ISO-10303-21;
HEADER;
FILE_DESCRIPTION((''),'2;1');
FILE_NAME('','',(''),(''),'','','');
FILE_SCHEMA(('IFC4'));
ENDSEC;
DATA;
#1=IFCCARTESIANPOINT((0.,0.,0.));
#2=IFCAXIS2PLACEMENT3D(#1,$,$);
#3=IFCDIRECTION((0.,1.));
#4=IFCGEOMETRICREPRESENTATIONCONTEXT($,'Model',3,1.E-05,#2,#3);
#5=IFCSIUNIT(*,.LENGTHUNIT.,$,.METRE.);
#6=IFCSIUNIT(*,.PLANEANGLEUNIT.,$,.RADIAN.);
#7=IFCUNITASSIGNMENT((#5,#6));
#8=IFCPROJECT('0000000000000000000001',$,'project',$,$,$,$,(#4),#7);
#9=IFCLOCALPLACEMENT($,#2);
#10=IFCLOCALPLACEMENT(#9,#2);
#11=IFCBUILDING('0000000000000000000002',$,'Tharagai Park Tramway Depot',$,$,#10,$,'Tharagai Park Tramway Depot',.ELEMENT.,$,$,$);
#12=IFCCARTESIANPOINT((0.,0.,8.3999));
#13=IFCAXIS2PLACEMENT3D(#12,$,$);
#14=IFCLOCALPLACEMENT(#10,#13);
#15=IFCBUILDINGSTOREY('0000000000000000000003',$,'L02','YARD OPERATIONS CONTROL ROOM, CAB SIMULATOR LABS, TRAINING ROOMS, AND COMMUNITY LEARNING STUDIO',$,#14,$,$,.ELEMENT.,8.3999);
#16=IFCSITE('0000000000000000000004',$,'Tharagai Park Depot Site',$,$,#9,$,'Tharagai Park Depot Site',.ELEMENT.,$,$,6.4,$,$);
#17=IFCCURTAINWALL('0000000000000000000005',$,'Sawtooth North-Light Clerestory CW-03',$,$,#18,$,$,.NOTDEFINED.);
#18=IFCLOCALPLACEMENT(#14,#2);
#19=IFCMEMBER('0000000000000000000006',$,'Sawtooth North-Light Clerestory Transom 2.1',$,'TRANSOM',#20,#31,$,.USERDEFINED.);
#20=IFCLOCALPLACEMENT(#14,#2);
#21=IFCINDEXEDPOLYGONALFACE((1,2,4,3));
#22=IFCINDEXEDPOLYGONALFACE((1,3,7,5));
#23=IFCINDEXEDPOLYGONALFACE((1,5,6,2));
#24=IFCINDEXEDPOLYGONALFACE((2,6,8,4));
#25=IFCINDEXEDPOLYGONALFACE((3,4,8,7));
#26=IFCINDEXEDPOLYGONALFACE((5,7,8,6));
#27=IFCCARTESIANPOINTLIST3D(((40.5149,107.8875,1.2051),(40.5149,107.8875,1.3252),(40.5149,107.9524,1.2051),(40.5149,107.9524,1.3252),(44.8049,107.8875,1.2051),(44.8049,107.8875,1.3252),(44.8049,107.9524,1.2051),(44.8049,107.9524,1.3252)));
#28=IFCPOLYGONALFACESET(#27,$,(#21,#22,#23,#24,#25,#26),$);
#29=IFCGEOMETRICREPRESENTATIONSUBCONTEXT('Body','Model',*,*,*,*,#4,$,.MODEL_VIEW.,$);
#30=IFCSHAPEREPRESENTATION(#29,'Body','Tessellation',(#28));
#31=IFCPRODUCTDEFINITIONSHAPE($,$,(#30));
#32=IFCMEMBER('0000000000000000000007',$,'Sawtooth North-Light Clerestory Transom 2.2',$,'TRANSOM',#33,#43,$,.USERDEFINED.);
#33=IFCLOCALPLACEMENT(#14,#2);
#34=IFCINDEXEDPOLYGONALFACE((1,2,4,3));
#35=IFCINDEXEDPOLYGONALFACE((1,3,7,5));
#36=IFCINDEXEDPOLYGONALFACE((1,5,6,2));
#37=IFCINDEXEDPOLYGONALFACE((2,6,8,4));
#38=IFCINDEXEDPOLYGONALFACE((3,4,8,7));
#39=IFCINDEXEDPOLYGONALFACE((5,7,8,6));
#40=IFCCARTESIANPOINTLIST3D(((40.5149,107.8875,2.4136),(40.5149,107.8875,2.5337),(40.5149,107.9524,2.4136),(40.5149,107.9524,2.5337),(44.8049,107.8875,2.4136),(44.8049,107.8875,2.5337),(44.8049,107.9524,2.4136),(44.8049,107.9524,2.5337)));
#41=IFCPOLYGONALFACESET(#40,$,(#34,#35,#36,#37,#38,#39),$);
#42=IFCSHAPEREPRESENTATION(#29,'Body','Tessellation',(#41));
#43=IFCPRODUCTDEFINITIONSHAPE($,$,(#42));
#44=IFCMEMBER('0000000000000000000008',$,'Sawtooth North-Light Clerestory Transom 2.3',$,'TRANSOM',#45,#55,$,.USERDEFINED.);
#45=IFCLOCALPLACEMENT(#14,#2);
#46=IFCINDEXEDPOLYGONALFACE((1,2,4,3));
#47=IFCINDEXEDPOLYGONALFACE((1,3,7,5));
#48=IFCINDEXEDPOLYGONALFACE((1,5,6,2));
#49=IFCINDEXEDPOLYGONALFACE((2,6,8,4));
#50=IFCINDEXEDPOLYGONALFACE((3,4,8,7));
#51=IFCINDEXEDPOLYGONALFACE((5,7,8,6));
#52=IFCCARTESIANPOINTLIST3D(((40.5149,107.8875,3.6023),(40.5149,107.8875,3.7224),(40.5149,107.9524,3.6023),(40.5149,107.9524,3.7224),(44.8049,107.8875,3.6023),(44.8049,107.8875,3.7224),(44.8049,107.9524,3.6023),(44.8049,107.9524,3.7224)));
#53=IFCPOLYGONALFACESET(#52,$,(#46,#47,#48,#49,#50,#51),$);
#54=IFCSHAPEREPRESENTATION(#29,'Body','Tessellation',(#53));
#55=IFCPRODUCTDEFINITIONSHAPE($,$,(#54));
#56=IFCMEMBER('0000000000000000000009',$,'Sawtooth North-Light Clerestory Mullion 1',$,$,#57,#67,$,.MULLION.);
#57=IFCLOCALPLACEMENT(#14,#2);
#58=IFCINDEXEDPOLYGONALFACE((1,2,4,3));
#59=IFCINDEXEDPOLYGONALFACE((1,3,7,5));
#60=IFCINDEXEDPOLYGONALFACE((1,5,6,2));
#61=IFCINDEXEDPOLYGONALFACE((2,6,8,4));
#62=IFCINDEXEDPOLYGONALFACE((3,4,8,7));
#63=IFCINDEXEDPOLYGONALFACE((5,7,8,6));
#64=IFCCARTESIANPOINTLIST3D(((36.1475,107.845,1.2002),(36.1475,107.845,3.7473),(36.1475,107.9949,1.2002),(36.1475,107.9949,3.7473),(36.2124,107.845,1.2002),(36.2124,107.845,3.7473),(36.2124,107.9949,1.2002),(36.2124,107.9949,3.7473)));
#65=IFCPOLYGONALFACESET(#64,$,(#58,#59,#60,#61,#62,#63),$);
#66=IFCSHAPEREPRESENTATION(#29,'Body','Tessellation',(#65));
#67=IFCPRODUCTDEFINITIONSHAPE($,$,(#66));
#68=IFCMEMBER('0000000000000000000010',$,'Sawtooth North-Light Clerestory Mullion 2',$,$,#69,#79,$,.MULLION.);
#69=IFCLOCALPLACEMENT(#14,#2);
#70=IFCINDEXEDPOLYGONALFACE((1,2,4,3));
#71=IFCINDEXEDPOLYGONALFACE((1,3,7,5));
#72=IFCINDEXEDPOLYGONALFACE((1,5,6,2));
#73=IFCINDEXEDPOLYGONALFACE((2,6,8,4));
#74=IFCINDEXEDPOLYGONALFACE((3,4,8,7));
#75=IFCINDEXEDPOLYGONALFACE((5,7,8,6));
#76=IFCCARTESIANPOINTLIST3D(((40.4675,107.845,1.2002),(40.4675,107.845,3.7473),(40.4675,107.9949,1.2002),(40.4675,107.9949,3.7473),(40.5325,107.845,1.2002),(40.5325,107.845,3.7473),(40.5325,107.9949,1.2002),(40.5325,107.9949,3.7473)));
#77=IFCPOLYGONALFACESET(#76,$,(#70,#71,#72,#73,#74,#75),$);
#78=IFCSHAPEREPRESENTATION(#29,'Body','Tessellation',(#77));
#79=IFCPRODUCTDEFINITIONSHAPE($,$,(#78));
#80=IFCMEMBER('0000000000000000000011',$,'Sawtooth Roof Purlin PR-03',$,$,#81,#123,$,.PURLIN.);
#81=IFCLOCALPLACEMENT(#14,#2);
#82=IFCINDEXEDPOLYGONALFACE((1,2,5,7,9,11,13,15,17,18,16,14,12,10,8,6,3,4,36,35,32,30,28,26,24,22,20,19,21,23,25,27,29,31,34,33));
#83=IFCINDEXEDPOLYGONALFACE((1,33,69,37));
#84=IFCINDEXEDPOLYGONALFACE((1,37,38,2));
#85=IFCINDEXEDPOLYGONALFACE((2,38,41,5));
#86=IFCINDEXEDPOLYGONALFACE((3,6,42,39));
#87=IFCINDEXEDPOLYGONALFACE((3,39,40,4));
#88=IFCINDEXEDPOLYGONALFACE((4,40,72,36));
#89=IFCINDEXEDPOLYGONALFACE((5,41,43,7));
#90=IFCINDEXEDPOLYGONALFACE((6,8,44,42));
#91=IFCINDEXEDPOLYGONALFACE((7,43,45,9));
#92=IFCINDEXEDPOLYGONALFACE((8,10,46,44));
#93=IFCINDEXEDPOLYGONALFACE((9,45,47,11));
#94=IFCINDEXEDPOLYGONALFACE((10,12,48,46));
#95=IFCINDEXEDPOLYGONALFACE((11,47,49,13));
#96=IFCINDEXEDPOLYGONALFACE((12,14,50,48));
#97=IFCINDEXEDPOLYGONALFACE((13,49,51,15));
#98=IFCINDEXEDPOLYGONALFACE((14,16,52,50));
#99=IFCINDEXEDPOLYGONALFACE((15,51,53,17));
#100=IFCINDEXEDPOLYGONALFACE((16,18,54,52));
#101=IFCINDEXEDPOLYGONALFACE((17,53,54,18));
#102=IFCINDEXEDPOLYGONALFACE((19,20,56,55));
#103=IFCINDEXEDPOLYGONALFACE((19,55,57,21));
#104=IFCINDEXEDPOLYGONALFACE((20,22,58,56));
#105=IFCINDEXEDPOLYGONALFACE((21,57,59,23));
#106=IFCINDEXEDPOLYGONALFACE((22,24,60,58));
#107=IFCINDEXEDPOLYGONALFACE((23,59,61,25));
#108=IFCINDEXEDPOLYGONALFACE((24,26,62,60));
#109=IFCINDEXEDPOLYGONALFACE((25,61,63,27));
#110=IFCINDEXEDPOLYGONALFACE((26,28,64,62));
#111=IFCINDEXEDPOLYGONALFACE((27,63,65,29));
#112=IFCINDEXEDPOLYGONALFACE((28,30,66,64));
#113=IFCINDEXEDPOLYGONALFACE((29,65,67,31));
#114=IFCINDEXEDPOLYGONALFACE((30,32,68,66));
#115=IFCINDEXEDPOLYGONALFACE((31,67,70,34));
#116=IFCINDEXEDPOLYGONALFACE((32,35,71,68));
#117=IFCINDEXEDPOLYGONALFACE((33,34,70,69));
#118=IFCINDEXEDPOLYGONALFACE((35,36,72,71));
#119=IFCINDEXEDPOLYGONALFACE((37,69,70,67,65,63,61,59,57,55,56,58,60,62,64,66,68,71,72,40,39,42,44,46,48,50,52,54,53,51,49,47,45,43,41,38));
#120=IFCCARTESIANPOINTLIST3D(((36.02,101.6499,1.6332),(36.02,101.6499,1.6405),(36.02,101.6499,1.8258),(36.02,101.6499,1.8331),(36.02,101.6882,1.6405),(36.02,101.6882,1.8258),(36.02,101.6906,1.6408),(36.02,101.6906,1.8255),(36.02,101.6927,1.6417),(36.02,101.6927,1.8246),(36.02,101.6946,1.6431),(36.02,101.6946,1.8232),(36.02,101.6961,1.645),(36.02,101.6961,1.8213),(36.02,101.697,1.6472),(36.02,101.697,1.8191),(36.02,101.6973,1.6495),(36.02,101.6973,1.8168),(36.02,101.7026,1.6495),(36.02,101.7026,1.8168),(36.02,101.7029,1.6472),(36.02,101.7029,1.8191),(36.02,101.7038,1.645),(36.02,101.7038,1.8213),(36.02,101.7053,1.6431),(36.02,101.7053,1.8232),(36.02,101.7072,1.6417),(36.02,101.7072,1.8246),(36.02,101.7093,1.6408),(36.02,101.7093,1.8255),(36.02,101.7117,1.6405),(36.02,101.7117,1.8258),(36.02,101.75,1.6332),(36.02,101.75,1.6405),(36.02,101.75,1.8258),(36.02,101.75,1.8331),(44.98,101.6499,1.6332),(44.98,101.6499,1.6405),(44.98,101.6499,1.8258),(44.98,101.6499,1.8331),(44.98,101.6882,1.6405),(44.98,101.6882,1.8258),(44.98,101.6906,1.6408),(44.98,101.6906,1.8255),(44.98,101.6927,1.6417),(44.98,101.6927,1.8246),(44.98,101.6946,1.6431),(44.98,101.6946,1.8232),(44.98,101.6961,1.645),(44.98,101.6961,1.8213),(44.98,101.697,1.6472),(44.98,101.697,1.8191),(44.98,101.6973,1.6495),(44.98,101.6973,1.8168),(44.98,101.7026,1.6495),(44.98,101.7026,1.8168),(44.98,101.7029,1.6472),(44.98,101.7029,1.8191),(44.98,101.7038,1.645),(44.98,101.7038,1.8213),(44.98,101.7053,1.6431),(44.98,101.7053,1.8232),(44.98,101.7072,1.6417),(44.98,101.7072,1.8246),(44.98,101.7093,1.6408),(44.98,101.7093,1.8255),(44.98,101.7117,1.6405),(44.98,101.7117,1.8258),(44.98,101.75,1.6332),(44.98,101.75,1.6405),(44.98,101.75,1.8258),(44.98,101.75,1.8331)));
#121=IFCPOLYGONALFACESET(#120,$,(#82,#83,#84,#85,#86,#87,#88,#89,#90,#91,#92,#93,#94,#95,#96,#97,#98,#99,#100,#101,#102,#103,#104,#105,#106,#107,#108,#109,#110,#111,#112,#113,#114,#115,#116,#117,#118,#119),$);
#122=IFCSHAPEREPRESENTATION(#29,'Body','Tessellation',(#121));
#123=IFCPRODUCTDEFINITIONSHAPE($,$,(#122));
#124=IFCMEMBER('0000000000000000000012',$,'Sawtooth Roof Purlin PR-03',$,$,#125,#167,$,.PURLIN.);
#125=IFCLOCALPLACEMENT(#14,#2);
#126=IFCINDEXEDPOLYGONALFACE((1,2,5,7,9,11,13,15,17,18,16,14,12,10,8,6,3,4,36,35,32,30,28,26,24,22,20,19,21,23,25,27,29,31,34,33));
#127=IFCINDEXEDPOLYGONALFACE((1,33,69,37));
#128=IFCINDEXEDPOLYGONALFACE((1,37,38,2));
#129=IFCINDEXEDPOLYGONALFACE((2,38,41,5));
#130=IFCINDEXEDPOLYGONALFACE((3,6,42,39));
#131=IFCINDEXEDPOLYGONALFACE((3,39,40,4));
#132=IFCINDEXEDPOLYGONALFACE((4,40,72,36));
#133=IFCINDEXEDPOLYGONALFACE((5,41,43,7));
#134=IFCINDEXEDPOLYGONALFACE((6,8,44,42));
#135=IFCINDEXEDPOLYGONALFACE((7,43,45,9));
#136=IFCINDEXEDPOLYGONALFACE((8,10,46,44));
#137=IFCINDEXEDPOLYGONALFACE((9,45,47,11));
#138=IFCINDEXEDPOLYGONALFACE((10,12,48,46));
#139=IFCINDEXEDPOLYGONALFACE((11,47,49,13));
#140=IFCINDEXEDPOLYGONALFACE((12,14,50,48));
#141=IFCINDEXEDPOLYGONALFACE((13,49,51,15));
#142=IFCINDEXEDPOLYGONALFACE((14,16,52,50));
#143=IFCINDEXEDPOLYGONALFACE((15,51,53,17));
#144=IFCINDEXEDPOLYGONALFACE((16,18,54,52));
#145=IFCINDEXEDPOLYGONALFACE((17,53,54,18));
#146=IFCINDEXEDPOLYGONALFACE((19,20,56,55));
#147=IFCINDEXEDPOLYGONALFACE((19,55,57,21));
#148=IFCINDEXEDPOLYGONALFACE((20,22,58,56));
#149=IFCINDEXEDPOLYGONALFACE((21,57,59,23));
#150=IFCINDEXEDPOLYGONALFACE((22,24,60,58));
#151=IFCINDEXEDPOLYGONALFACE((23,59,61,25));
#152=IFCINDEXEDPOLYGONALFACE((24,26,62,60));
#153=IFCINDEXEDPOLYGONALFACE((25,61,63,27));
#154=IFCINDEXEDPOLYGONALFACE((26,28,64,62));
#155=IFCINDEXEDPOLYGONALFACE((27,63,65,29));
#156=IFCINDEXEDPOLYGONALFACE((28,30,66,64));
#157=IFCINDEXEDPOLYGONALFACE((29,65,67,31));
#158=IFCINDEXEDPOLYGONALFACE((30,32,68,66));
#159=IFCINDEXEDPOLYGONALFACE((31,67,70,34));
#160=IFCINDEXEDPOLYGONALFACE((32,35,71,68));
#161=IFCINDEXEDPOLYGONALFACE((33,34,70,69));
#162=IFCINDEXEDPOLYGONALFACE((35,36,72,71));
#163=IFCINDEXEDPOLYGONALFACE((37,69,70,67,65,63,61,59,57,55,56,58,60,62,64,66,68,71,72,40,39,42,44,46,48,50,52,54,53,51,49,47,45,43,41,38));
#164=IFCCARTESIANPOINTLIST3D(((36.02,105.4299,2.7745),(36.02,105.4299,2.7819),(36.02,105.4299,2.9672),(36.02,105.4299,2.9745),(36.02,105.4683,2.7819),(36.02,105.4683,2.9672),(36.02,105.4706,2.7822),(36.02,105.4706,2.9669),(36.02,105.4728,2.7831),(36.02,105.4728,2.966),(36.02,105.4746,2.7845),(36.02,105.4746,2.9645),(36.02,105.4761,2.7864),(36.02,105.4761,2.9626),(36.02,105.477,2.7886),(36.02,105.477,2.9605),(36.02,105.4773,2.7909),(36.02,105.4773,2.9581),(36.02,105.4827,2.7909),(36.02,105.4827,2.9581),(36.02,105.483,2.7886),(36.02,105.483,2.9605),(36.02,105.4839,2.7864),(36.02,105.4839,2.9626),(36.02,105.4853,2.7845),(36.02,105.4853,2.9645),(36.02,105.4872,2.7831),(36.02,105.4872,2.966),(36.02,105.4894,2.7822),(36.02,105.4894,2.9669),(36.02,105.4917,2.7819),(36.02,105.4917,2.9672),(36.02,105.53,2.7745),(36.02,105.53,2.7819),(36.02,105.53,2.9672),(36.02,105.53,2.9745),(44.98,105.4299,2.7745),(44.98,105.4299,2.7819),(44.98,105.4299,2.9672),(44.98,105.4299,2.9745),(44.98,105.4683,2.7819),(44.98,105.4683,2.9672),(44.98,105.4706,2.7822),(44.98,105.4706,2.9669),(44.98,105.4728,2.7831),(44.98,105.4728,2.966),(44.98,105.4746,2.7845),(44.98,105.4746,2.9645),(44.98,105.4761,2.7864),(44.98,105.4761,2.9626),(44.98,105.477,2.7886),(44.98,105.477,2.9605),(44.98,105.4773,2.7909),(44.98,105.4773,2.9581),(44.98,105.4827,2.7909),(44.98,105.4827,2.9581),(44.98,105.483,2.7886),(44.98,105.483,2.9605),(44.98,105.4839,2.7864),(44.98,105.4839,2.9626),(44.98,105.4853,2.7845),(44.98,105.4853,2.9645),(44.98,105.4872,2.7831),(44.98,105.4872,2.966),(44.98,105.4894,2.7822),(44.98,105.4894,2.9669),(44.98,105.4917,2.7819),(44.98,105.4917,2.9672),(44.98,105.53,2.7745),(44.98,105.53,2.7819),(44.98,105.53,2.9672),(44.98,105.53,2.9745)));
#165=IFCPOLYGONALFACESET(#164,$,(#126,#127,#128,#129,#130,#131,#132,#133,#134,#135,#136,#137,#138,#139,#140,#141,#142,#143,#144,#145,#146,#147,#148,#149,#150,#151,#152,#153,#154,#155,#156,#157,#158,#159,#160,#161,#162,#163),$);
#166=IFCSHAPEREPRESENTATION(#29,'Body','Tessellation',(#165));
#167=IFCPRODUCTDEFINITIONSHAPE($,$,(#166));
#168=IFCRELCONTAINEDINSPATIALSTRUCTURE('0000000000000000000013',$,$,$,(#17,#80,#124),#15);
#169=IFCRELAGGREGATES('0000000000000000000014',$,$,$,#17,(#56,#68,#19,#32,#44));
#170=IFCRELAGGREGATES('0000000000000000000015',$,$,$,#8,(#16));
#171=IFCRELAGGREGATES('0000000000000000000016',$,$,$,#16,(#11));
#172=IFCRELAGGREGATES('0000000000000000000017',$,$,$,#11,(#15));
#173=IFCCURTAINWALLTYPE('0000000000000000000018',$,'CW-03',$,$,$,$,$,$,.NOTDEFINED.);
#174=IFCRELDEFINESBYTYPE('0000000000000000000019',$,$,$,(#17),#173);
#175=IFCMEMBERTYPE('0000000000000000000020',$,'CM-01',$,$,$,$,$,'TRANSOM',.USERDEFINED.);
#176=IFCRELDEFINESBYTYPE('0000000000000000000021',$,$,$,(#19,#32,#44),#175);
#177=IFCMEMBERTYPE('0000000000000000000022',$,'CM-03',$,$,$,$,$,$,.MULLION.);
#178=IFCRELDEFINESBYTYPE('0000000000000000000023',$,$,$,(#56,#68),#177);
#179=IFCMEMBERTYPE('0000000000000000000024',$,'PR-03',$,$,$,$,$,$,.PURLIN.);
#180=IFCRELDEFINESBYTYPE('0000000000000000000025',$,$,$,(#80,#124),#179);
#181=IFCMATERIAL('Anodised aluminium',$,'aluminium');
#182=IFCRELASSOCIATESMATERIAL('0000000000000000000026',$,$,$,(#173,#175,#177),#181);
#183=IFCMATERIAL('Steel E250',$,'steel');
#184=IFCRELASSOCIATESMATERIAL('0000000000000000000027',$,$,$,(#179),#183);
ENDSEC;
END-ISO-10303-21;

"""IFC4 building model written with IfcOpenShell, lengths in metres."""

from ifc_helpers import new_model, si_unit, direction, frame, origin, origin_2d, place, context, subcontext, project, spatial, rectangle, i_section, extrude, material, material_profile, profile_set, type_object, element, aggregate, save


model = new_model("IFC4")

# Units and contexts
model_context = context("Model", 3, precision=1e-05, world=origin(), true_north=direction((0.0, 1.0)))
body_context = subcontext(model_context, "Body", "Model", "MODEL_VIEW")
ifc_project = project(units=[si_unit("LENGTHUNIT", "METRE"), si_unit("PLANEANGLEUNIT", "RADIAN")], contexts=[model_context])

# Site, building, storey
site_placement = place(None, origin())
site = spatial("IfcSite", under=ifc_project, at=site_placement, Name="Tharagai Park Depot Site", LongName="Tharagai Park Depot Site", CompositionType="ELEMENT", RefElevation=6.4)
building_placement = place(site_placement, origin())
building = spatial("IfcBuilding", under=site, at=building_placement, Name="Tharagai Park Tramway Depot", LongName="Tharagai Park Tramway Depot", CompositionType="ELEMENT")
storey_placement = place(building_placement, frame((0.0, 0.0, 8.3999)))
storey = spatial("IfcBuildingStorey", under=building, at=storey_placement, Name="L02", Description="YARD OPERATIONS CONTROL ROOM, CAB SIMULATOR LABS, TRAINING ROOMS, AND COMMUNITY LEARNING STUDIO", CompositionType="ELEMENT", Elevation=8.3999)

# Curtain wall, members
ifc_material_1 = material(Name="Anodised aluminium", Category="aluminium")
curtain_wall_type = type_object("IfcCurtainWallType", Name="CW-03", PredefinedType="NOTDEFINED", material=ifc_material_1)
curtain_wall_placement = place(storey_placement, origin())
curtain_wall = element("IfcCurtainWall", 1, at=curtain_wall_placement, inside=storey, type_object=curtain_wall_type, Name="Sawtooth North-Light Clerestory CW-03", PredefinedType="NOTDEFINED")
ifc_material_profile_1 = material_profile(ifc_material_1, rectangle(XDim=0.0649, YDim=0.1201, at=origin_2d()), Name="ALU 65x120")
ifc_profile_set_1 = profile_set([ifc_material_profile_1], Name="Anodised aluminium")
member_type_1 = type_object("IfcMemberType", Name="CM-01", ElementType="TRANSOM", PredefinedType="USERDEFINED", material=ifc_profile_set_1)
member_1_placement = place(storey_placement, frame((40.5149, 107.9199, 1.2651), z_axis=(1.0, 0.0, 0.0), x_axis=(0.0, 1.0, 0.0)))
member_1 = element("IfcMember", 2, at=member_1_placement, type_object=member_type_1, Name="Sawtooth North-Light Clerestory Transom 2.1", ObjectType="TRANSOM", PredefinedType="USERDEFINED", context=body_context, shape_type="SweptSolid", body=[
    extrude(rectangle(XDim=0.0649, YDim=0.1201, at=origin_2d()), origin(), (0.0, 0.0, 1.0), 4.29),
])
member_2_placement = place(storey_placement, frame((40.5149, 107.9199, 2.4736), z_axis=(1.0, 0.0, 0.0), x_axis=(0.0, 1.0, 0.0)))
member_2 = element("IfcMember", 3, at=member_2_placement, type_object=member_type_1, Name="Sawtooth North-Light Clerestory Transom 2.2", ObjectType="TRANSOM", PredefinedType="USERDEFINED", context=body_context, shape_type="SweptSolid", body=[
    extrude(rectangle(XDim=0.0649, YDim=0.1201, at=origin_2d()), origin(), (0.0, 0.0, 1.0), 4.29),
])
member_3_placement = place(storey_placement, frame((40.5149, 107.9199, 3.6624), z_axis=(1.0, 0.0, 0.0), x_axis=(0.0, 1.0, 0.0)))
member_3 = element("IfcMember", 4, at=member_3_placement, type_object=member_type_1, Name="Sawtooth North-Light Clerestory Transom 2.3", ObjectType="TRANSOM", PredefinedType="USERDEFINED", context=body_context, shape_type="SweptSolid", body=[
    extrude(rectangle(XDim=0.0649, YDim=0.1201, at=origin_2d()), origin(), (0.0, 0.0, 1.0), 4.29),
])
ifc_material_profile_2 = material_profile(ifc_material_1, rectangle(XDim=0.0649, YDim=0.1499, at=origin_2d()), Name="ALU 65x150")
ifc_profile_set_2 = profile_set([ifc_material_profile_2], Name="Anodised aluminium")
member_type_2 = type_object("IfcMemberType", Name="CM-03", PredefinedType="MULLION", material=ifc_profile_set_2)
member_4_placement = place(storey_placement, frame((36.1799, 107.9199, 1.2002), z_axis=(0.0, 0.0, 1.0), x_axis=(1.0, 0.0, 0.0)))
member_4 = element("IfcMember", 5, at=member_4_placement, type_object=member_type_2, Name="Sawtooth North-Light Clerestory Mullion 1", PredefinedType="MULLION", context=body_context, shape_type="SweptSolid", body=[
    extrude(rectangle(XDim=0.0649, YDim=0.1499, at=origin_2d()), origin(), (0.0, 0.0, 1.0), 2.5471),
])
member_5_placement = place(storey_placement, frame((40.5, 107.9199, 1.2002), z_axis=(0.0, 0.0, 1.0), x_axis=(1.0, 0.0, 0.0)))
member_5 = element("IfcMember", 6, at=member_5_placement, type_object=member_type_2, Name="Sawtooth North-Light Clerestory Mullion 2", PredefinedType="MULLION", context=body_context, shape_type="SweptSolid", body=[
    extrude(rectangle(XDim=0.0649, YDim=0.1499, at=origin_2d()), origin(), (0.0, 0.0, 1.0), 2.5471),
])

# Members
ifc_material_2 = material(Name="Steel E250", Category="steel")
ifc_material_profile_3 = material_profile(ifc_material_2, i_section(OverallWidth=0.1001, OverallDepth=0.2, WebThickness=0.0054, FlangeThickness=0.0073, FilletRadius=0.009, at=origin_2d()), Name="ISLB 200")
ifc_profile_set_3 = profile_set([ifc_material_profile_3], Name="Steel E250")
member_type_3 = type_object("IfcMemberType", Name="PR-03", PredefinedType="PURLIN", material=ifc_profile_set_3)
for number, where, z_axis, x_axis, name in (
    (7, (36.02, 101.7, 1.7332), (1.0, 0.0, 0.0), (0.0, 1.0, 0.0), "Sawtooth Roof Purlin PR-03"),
    (8, (36.02, 105.48, 2.8745), (1.0, 0.0, 0.0), (0.0, 1.0, 0.0), "Sawtooth Roof Purlin PR-03"),
):
    element("IfcMember", number, at=place(storey_placement, frame(where, z_axis=z_axis, x_axis=x_axis)), inside=storey, type_object=member_type_3, Name=name, PredefinedType="PURLIN", context=body_context, shape_type="SweptSolid", body=[
        extrude(i_section(OverallWidth=0.1001, OverallDepth=0.2, WebThickness=0.0054, FlangeThickness=0.0073, FilletRadius=0.009, at=origin_2d()), origin(), (0.0, 0.0, 1.0), 8.96),
    ])

aggregate(curtain_wall, [member_4, member_5, member_1, member_2, member_3])

save(model, "model.ifc")
